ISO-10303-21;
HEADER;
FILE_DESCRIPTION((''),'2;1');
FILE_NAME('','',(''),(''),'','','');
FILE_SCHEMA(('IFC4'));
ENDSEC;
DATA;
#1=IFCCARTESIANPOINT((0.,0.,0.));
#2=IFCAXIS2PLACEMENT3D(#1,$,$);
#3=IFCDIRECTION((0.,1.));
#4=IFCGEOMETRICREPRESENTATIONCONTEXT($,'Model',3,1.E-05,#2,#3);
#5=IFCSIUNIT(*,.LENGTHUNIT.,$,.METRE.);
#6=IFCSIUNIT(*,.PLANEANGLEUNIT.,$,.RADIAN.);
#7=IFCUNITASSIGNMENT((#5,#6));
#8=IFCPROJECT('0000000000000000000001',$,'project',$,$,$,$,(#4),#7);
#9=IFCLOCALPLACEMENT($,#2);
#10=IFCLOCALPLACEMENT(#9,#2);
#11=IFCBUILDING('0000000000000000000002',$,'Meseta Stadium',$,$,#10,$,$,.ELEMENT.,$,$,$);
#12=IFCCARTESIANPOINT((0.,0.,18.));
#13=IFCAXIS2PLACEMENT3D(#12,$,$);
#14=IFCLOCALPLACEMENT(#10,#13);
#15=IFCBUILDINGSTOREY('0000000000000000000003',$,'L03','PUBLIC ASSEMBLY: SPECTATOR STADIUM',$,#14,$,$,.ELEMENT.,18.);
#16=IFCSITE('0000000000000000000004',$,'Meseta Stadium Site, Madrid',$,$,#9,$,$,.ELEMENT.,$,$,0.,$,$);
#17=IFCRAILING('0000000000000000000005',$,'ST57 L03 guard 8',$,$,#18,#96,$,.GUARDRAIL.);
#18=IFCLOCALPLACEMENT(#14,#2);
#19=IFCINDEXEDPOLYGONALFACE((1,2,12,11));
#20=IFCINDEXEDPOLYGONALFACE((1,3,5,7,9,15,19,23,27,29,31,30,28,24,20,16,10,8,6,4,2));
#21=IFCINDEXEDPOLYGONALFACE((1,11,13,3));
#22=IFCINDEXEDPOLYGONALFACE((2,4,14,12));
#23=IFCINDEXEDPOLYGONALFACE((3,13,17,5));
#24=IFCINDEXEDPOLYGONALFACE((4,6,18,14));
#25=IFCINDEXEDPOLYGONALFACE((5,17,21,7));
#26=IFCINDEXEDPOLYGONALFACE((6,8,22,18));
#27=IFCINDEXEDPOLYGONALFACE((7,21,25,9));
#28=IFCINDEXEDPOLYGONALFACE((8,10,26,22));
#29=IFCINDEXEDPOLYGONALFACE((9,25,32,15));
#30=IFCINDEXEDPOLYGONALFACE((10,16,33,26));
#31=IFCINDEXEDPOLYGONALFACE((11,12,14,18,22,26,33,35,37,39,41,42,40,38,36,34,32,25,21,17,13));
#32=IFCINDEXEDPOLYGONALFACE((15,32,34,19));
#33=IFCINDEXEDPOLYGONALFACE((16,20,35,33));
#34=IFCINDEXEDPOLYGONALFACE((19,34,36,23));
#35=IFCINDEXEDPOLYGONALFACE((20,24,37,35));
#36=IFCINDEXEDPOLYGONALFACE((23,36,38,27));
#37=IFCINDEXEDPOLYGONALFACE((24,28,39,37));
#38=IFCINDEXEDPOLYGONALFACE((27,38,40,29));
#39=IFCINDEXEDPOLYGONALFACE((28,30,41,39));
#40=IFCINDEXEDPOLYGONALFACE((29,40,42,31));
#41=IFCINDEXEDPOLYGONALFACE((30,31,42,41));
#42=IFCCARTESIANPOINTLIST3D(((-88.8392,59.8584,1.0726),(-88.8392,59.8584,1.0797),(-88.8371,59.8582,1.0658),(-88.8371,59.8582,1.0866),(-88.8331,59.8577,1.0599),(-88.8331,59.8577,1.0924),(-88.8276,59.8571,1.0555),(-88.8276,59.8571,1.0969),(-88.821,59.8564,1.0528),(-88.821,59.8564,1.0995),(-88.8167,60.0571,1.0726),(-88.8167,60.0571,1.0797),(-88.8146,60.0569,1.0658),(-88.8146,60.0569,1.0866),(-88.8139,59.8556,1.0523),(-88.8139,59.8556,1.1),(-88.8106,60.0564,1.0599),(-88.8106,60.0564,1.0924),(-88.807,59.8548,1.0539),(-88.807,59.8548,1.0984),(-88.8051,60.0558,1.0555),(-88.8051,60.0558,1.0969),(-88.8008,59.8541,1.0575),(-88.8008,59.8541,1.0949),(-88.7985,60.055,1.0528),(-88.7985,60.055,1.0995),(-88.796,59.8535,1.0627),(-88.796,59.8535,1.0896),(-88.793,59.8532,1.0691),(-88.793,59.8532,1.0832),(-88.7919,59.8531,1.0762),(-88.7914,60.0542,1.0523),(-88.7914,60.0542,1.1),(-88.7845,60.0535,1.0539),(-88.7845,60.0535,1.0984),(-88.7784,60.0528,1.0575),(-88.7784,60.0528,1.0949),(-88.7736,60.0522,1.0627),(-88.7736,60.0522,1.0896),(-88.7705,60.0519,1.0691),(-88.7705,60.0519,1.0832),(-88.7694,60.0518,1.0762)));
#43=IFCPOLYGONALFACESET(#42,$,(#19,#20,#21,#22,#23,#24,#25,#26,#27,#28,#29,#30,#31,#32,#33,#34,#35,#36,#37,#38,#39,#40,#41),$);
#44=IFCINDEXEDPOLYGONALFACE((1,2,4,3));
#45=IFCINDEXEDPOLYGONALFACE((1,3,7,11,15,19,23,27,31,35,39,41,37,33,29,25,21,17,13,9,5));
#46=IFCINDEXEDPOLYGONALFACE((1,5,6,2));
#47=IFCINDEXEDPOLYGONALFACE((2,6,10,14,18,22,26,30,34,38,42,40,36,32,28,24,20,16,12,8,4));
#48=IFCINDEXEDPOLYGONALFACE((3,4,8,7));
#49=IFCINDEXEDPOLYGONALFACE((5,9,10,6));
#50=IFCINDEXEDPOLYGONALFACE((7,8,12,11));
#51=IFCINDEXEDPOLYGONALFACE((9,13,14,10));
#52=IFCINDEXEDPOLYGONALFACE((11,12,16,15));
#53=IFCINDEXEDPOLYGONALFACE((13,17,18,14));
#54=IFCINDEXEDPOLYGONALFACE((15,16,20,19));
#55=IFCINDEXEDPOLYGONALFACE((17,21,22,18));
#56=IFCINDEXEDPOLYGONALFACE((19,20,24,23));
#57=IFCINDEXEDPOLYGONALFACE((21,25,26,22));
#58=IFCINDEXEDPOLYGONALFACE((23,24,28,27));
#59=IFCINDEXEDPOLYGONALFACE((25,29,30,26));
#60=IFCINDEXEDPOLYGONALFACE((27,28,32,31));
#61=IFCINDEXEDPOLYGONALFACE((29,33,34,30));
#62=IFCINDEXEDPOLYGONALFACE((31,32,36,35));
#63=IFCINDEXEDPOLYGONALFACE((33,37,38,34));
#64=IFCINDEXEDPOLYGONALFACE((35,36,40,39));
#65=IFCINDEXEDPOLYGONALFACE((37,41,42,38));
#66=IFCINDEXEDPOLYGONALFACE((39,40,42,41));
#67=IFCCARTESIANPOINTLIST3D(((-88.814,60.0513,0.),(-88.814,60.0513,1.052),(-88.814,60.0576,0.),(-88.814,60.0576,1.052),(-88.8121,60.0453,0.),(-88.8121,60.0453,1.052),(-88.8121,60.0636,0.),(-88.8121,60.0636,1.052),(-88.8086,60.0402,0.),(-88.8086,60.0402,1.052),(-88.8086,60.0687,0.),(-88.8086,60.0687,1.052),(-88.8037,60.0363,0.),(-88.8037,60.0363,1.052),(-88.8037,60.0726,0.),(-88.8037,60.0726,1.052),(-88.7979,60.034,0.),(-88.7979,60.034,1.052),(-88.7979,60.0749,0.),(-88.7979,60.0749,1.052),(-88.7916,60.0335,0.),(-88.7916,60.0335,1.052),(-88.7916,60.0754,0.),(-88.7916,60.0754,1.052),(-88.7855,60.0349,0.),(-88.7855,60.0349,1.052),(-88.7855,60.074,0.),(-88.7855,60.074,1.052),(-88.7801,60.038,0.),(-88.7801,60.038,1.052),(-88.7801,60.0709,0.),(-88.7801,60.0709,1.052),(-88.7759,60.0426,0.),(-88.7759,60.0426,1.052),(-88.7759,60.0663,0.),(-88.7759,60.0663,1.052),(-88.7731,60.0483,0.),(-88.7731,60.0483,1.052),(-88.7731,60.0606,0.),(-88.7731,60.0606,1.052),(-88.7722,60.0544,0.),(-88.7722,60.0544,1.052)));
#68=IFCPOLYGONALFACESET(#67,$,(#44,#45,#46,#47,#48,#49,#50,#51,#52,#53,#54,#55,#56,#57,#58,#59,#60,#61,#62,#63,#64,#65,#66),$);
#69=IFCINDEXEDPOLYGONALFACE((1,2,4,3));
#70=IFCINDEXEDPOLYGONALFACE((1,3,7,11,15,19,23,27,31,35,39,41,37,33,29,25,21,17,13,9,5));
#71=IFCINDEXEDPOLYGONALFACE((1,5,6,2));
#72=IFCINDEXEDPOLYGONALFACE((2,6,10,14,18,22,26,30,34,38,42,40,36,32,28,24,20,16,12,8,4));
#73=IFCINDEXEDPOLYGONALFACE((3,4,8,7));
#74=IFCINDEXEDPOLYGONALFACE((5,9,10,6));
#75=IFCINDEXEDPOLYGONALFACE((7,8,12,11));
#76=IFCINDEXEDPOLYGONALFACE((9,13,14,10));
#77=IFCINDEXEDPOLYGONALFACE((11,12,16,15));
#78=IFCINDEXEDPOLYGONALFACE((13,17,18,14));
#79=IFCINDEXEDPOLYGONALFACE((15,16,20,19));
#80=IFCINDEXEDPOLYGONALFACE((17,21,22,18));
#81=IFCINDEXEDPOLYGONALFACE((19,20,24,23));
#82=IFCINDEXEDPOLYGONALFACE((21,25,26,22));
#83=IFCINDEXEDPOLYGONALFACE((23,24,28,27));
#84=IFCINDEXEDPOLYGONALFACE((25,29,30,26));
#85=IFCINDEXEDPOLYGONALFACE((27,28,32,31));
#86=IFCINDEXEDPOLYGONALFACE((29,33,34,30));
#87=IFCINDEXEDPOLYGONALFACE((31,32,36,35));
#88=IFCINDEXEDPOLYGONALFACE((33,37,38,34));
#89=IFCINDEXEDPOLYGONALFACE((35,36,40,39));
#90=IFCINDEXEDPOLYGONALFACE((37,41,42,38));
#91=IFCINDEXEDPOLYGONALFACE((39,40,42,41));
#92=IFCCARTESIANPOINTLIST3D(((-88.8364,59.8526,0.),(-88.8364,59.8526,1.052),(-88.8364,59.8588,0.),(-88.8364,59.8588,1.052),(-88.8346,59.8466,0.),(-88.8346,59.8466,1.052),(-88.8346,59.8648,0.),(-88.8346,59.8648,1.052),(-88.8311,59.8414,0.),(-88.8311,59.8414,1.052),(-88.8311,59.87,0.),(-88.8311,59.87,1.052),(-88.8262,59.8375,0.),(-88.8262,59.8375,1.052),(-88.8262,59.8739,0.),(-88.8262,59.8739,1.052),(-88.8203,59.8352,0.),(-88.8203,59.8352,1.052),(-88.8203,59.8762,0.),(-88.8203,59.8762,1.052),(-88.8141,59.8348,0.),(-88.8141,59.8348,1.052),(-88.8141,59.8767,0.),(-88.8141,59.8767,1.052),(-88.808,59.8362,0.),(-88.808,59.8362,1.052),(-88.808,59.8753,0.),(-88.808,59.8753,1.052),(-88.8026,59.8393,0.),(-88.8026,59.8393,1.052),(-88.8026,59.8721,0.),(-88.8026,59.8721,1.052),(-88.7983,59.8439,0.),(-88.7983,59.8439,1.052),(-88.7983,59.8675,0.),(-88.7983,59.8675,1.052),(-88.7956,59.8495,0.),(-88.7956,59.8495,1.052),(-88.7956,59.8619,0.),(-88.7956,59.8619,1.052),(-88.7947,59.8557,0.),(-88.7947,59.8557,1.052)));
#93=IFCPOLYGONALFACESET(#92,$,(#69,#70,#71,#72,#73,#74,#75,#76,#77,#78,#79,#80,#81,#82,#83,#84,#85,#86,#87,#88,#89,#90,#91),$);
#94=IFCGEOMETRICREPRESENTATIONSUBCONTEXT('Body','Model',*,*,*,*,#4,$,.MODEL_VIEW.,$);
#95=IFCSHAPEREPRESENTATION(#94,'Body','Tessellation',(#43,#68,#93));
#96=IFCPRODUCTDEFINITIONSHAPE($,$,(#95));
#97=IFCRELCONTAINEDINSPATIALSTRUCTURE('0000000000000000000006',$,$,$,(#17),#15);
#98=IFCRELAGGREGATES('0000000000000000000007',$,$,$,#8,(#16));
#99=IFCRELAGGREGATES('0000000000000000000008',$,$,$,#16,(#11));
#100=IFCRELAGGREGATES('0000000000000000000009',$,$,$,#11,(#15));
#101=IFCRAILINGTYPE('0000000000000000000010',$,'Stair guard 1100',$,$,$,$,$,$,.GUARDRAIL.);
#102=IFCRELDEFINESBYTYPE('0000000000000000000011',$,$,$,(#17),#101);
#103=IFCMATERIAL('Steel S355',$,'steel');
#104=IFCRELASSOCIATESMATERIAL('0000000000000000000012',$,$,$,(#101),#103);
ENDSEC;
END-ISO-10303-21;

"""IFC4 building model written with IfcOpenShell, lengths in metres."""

from ifc_helpers import new_model, si_unit, direction, frame, origin, origin_2d, place, context, subcontext, project, spatial, circle, extrude, material, type_object, element, save


model = new_model("IFC4")

# Units and contexts
model_context = context("Model", 3, precision=1e-05, world=origin(), true_north=direction((0.0, 1.0)))
body_context = subcontext(model_context, "Body", "Model", "MODEL_VIEW")
ifc_project = project(units=[si_unit("LENGTHUNIT", "METRE"), si_unit("PLANEANGLEUNIT", "RADIAN")], contexts=[model_context])

# Site, building, storey
site_placement = place(None, origin())
site = spatial("IfcSite", under=ifc_project, at=site_placement, Name="Meseta Stadium Site, Madrid", CompositionType="ELEMENT", RefElevation=0.0)
building_placement = place(site_placement, origin())
building = spatial("IfcBuilding", under=site, at=building_placement, Name="Meseta Stadium", CompositionType="ELEMENT")
storey_placement = place(building_placement, frame((0.0, 0.0, 18.0)))
storey = spatial("IfcBuildingStorey", under=building, at=storey_placement, Name="L03", Description="PUBLIC ASSEMBLY: SPECTATOR STADIUM", CompositionType="ELEMENT", Elevation=18.0)

# Railing
ifc_material_1 = material(Name="Steel S355", Category="steel")
railing_type_1 = type_object("IfcRailingType", Name="Stair guard 1100", PredefinedType="GUARDRAIL", material=ifc_material_1)
railing_1_placement = place(storey_placement, frame((-88.7932, 60.0544, 0.0)))
element("IfcRailing", 1, at=railing_1_placement, inside=storey, type_object=railing_type_1, Name="ST57 L03 guard 8", PredefinedType="GUARDRAIL", context=body_context, shape_type="SweptSolid", body=[
    extrude(circle(Radius=0.0239, at=origin_2d()), frame((0.0, 0.0, 1.0762), z_axis=(-0.112307, -0.993674, 0.0), x_axis=(0.993674, -0.112307, 0.0)), (0.0, 0.0, 1.0), 0.2),
    extrude(circle(Radius=0.021, at=origin_2d()), origin(), (0.0, 0.0, 1.0), 1.052),
    extrude(circle(Radius=0.021, at=origin_2d()), frame((-0.0225, -0.1987, 0.0)), (0.0, 0.0, 1.0), 1.052),
])

save(model, "model.ifc")
